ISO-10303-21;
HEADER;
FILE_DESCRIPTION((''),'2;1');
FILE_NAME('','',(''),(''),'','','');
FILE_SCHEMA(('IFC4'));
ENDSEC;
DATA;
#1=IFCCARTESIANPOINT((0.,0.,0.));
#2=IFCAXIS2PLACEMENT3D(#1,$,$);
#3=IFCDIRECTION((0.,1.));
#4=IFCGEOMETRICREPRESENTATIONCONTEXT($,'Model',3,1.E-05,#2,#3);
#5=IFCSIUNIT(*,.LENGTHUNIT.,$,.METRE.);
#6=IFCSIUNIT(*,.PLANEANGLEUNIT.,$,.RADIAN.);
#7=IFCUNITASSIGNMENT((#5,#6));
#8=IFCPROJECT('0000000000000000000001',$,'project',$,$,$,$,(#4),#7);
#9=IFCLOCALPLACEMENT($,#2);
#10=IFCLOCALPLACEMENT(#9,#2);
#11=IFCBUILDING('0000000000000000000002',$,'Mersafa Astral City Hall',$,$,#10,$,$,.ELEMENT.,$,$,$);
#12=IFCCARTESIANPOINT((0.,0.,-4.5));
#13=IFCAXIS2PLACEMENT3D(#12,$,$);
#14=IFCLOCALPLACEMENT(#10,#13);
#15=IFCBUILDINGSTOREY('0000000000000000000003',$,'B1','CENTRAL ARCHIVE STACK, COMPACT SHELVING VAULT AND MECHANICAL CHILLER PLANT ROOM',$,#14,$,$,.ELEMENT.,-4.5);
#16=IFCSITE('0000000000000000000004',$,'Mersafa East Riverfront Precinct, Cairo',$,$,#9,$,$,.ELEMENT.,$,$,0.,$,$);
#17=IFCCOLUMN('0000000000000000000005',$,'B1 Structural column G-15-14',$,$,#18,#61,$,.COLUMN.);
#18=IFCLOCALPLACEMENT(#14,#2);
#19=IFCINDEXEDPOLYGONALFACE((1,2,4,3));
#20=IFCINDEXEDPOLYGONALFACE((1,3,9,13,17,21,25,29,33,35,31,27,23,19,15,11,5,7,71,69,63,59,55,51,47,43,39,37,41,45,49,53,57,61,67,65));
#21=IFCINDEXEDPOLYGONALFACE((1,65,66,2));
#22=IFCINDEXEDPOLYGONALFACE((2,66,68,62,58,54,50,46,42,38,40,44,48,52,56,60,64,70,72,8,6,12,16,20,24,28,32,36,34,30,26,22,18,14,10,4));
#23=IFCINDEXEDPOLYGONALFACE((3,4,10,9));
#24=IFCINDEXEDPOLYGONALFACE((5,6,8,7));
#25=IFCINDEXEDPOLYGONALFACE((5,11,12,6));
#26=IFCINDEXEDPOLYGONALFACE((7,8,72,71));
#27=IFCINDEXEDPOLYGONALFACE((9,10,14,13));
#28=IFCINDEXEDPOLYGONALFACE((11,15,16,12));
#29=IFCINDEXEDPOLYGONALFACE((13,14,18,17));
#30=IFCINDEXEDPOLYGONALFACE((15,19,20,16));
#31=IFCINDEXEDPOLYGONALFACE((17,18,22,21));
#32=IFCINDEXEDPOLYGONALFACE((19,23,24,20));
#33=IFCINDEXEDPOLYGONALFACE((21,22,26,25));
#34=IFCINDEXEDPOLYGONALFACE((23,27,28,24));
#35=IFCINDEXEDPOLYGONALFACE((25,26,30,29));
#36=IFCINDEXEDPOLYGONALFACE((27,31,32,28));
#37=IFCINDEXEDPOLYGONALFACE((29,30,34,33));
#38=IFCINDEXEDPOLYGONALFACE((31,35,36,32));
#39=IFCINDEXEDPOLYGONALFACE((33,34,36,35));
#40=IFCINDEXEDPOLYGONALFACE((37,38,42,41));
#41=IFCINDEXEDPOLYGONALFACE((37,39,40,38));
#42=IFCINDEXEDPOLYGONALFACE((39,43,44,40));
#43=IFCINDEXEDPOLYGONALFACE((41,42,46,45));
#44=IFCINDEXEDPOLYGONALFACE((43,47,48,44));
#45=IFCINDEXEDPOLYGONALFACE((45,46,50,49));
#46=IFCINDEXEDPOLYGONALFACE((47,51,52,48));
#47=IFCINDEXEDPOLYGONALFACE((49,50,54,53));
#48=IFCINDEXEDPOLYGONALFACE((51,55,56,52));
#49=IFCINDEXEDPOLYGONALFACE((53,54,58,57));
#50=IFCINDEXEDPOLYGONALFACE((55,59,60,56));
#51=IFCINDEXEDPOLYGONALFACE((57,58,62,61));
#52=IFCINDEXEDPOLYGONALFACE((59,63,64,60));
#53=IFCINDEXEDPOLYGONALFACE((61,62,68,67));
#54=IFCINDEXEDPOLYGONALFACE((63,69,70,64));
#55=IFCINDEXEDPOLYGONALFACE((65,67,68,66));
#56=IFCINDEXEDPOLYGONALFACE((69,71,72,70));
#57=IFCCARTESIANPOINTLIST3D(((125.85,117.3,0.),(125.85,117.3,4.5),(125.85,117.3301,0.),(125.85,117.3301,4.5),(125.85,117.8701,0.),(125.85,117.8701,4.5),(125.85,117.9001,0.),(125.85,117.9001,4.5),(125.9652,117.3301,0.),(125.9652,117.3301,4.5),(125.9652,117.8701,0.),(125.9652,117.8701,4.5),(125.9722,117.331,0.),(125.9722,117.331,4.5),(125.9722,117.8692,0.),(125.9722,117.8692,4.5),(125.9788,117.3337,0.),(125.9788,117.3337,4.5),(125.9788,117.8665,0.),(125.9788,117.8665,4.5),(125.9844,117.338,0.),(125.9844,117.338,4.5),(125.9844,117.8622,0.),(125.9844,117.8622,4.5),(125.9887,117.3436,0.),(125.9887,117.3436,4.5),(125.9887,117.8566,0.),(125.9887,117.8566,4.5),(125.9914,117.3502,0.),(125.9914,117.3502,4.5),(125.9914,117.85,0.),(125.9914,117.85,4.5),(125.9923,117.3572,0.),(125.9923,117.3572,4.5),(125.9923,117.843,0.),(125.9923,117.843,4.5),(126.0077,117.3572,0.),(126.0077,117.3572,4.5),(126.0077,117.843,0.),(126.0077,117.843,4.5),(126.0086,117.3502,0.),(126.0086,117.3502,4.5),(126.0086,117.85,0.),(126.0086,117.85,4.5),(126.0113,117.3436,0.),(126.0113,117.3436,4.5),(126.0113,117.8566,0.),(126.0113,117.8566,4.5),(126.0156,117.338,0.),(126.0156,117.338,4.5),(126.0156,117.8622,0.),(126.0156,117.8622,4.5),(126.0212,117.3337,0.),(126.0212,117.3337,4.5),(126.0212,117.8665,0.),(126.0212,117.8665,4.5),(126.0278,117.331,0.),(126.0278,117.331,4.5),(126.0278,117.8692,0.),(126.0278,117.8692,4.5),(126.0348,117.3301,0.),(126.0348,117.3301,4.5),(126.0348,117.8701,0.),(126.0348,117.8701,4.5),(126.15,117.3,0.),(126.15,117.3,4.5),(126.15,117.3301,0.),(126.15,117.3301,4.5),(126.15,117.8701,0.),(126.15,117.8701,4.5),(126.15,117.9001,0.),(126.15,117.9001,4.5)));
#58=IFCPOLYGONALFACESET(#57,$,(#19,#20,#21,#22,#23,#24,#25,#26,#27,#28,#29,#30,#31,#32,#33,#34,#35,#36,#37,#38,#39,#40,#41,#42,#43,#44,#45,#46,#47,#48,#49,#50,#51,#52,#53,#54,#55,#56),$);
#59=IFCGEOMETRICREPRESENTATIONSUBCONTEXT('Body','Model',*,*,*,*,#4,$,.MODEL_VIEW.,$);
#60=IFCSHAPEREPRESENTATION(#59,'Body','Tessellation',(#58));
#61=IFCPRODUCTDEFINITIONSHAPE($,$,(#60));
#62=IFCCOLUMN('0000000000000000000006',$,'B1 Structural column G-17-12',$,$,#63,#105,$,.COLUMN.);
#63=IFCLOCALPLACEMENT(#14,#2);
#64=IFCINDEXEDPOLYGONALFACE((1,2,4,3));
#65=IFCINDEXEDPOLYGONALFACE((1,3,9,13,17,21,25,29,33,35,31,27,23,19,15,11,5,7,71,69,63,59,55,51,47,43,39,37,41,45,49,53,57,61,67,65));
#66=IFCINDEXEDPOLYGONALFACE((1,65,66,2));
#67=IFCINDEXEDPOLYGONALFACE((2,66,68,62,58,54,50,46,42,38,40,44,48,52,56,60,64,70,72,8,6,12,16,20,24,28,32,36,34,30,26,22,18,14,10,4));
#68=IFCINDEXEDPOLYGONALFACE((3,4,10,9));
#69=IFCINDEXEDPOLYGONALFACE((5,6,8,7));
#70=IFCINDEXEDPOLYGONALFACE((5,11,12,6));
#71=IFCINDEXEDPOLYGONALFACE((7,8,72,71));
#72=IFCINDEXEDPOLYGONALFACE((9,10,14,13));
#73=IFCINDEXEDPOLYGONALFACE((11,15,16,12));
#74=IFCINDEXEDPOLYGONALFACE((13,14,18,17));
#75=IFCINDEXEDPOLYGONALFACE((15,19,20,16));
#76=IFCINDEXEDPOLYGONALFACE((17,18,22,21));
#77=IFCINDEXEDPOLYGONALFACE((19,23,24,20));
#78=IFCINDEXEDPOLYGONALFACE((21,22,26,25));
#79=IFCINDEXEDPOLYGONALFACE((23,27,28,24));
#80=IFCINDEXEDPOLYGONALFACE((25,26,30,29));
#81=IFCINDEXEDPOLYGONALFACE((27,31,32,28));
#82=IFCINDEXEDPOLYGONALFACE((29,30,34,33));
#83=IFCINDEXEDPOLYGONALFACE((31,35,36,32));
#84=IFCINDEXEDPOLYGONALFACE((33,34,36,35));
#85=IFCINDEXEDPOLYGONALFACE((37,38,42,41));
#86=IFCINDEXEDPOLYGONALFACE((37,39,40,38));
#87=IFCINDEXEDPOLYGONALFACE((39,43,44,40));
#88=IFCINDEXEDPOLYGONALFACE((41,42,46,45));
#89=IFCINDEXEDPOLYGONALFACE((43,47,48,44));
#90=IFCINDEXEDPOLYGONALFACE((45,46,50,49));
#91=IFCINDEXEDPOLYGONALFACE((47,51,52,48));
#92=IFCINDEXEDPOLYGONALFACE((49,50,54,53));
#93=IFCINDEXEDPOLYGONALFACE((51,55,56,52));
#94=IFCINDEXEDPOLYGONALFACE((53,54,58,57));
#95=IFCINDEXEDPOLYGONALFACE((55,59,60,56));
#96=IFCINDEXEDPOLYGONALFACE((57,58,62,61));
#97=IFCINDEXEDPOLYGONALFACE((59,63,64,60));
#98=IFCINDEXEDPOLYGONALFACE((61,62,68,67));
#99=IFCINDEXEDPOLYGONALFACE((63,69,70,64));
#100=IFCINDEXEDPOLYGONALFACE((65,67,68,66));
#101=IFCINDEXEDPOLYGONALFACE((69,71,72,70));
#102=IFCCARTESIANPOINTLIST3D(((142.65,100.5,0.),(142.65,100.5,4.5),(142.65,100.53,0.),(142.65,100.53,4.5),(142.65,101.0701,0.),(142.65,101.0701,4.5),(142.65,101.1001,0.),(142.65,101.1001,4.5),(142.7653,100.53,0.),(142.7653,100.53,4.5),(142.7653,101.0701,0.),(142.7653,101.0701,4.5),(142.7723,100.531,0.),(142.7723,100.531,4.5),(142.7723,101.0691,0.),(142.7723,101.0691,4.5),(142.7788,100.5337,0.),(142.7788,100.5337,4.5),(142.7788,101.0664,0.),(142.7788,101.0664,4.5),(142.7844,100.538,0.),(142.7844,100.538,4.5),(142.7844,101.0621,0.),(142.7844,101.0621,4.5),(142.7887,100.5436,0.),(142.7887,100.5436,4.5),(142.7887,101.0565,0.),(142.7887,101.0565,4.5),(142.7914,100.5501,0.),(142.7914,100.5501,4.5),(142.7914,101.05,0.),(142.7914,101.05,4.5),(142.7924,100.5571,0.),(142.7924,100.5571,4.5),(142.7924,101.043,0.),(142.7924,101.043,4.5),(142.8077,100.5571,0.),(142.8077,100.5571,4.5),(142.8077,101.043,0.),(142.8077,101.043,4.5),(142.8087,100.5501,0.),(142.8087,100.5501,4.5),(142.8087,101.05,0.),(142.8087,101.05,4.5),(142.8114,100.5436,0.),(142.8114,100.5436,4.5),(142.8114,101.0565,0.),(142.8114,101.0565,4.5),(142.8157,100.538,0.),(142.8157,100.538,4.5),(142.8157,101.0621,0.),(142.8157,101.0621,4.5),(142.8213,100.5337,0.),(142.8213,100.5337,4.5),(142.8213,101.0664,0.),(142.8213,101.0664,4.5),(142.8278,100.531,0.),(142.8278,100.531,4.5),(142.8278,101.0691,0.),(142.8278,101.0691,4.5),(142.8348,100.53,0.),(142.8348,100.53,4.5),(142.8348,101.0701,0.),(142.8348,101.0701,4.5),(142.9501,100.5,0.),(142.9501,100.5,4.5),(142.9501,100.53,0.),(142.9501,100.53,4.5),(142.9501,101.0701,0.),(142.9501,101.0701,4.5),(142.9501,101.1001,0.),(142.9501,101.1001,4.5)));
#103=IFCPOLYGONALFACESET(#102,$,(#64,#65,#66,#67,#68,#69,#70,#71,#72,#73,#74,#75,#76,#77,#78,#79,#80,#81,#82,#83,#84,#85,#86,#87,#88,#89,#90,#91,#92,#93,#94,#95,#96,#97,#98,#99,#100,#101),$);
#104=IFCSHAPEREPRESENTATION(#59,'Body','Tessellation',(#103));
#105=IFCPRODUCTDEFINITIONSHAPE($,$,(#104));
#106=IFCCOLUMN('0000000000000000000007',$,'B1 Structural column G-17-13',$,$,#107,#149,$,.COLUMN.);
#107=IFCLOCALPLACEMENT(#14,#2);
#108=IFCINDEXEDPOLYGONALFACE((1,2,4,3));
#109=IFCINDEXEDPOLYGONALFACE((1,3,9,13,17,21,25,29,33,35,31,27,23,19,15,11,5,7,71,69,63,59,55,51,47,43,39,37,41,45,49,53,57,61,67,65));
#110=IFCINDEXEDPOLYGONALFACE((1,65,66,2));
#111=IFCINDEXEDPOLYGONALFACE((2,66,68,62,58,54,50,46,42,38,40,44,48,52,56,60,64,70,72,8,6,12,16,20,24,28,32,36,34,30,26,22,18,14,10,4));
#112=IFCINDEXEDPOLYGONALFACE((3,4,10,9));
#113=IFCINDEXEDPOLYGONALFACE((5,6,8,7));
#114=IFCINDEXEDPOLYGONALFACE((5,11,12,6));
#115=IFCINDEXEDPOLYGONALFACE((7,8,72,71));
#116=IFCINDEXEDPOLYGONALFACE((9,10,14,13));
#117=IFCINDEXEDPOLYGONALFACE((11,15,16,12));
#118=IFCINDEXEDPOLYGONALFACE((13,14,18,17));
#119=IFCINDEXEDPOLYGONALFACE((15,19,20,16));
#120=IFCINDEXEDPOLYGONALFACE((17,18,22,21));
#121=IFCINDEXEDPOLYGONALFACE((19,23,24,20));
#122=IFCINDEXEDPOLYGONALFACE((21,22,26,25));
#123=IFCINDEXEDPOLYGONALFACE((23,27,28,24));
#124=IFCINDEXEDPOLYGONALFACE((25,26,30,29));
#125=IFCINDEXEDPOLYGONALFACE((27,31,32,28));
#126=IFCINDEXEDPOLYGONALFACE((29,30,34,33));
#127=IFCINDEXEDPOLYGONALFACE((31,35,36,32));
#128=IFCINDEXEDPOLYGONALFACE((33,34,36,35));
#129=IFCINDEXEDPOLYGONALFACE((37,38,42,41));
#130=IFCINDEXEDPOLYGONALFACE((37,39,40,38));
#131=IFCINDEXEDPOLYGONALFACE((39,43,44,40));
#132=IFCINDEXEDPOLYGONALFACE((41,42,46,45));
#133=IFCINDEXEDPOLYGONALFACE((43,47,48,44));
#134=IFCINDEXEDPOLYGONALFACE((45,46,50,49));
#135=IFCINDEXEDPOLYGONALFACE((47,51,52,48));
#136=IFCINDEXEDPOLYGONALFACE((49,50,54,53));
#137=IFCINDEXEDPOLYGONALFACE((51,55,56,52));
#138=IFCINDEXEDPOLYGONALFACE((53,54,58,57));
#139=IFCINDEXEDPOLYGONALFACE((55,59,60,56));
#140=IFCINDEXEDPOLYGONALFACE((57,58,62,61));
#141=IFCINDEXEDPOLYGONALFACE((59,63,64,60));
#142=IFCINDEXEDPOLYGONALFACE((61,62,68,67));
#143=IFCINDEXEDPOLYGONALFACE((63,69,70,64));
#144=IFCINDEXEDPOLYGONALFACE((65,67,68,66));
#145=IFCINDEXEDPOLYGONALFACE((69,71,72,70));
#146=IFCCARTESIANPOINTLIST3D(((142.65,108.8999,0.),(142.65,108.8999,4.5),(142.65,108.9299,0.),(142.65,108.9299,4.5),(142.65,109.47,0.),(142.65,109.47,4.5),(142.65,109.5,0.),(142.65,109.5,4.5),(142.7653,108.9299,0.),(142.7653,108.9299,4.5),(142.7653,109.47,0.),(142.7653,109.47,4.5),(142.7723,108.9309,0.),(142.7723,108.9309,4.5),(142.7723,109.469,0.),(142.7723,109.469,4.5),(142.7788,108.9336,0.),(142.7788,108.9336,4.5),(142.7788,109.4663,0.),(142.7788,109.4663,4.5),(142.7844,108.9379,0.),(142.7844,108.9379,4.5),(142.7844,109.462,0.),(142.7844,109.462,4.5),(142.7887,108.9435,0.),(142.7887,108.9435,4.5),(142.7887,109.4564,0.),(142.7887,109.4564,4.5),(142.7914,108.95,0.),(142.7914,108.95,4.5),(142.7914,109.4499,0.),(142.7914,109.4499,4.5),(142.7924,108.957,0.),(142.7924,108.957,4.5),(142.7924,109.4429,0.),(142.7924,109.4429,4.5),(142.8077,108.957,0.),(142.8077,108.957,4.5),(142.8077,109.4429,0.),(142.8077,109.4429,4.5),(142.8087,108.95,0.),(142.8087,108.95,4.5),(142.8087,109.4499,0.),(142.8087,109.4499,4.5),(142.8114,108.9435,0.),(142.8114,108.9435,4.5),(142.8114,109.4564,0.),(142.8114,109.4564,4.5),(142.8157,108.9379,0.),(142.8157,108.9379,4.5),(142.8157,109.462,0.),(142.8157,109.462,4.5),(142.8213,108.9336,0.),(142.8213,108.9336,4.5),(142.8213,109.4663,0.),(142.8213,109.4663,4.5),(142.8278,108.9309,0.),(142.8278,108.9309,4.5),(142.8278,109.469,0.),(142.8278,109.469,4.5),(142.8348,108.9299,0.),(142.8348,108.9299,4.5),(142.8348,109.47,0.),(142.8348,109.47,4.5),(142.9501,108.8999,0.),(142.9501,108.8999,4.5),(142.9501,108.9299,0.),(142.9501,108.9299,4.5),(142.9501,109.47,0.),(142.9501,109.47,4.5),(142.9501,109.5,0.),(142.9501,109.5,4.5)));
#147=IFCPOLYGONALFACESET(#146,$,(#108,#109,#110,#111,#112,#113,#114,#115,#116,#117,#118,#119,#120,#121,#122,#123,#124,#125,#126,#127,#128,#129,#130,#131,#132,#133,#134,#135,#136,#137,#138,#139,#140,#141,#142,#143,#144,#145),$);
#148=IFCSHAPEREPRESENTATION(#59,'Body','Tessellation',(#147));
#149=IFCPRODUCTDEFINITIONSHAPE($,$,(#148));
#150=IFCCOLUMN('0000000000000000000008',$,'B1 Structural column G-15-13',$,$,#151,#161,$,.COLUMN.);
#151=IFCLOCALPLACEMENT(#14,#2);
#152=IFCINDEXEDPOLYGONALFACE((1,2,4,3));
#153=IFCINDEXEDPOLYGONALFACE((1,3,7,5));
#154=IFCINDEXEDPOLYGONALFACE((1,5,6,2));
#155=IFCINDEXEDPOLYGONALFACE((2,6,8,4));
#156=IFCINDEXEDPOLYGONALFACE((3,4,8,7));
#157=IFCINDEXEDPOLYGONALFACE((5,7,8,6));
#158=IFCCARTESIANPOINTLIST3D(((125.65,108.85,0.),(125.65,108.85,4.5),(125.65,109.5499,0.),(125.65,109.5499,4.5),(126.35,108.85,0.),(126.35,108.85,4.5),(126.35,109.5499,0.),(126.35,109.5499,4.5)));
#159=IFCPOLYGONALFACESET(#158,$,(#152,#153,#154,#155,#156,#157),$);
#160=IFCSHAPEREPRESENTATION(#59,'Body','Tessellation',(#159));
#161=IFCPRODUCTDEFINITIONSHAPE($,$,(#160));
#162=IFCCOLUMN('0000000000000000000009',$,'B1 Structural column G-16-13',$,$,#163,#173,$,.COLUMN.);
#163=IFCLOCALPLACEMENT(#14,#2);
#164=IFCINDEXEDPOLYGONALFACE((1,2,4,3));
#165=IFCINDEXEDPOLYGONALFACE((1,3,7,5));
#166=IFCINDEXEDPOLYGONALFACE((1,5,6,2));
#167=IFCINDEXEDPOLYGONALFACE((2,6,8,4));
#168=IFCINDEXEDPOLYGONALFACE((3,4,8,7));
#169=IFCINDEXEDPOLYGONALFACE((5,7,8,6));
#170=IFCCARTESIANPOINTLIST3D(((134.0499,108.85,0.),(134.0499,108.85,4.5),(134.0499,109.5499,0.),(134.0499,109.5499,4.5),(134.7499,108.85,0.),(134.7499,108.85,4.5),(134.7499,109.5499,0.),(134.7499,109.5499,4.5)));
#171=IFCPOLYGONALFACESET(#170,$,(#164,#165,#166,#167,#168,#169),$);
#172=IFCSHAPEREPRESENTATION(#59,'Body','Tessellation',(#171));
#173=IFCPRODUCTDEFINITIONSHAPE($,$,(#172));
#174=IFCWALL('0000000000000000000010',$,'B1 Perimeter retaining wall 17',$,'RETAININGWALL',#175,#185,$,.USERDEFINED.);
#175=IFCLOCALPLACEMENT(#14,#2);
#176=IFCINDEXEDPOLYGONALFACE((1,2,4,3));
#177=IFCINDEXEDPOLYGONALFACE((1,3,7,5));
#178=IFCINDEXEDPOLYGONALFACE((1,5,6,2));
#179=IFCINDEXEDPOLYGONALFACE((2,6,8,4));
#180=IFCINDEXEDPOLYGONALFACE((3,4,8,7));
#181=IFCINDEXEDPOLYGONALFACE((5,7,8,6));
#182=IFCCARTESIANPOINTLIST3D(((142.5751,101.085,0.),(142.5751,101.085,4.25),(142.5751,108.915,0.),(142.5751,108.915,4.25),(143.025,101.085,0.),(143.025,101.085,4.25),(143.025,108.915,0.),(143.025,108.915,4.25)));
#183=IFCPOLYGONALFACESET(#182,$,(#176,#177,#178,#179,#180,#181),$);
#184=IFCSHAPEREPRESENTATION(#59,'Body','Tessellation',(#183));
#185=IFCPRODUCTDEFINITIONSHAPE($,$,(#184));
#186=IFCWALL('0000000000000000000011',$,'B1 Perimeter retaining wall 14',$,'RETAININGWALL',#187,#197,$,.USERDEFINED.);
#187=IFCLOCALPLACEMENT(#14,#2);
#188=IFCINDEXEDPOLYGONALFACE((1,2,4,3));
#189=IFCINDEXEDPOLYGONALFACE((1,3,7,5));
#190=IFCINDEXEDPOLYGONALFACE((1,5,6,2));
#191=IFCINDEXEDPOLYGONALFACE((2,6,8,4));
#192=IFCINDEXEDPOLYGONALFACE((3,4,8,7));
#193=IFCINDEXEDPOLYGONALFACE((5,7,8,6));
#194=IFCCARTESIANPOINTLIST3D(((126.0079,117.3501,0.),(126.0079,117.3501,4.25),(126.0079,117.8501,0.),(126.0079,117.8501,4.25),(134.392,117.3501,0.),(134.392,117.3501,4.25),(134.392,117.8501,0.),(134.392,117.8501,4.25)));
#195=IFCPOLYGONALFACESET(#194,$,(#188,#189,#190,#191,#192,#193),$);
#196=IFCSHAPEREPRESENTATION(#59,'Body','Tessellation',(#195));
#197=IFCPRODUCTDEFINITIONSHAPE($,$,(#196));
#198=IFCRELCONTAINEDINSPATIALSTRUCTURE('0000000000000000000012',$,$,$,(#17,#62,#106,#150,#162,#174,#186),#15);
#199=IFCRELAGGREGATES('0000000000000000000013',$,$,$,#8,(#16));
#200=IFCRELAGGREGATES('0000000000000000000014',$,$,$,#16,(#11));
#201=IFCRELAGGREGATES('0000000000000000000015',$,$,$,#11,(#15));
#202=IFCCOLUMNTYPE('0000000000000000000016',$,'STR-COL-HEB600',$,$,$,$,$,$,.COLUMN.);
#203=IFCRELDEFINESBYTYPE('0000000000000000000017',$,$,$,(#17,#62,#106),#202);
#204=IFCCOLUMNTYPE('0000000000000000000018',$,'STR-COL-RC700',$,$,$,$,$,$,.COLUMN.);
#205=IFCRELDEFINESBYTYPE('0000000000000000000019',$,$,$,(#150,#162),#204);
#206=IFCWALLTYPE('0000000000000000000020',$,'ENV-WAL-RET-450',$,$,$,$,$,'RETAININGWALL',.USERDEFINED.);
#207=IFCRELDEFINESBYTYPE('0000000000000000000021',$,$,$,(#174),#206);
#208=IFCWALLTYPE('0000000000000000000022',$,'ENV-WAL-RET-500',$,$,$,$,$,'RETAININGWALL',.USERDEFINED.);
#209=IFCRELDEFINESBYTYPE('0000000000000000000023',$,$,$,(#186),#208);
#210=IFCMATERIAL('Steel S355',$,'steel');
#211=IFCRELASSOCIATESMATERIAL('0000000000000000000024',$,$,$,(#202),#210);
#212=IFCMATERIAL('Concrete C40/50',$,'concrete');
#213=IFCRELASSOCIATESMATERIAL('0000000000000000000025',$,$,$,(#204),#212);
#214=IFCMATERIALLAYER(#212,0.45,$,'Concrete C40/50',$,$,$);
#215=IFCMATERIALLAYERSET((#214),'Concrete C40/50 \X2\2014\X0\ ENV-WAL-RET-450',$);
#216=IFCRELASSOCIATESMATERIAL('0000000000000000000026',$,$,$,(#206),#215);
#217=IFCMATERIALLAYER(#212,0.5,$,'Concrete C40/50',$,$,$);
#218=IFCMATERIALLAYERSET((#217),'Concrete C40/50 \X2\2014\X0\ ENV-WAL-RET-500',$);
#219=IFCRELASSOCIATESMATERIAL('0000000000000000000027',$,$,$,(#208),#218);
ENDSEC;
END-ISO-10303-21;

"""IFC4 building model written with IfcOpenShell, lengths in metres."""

from ifc_helpers import new_model, si_unit, direction, frame, frame_2d, origin, origin_2d, place, context, subcontext, project, spatial, rectangle, i_section, extrude, material, layer, layer_set, material_profile, profile_set, type_object, element, save


model = new_model("IFC4")

# Units and contexts
model_context = context("Model", 3, precision=1e-05, world=origin(), true_north=direction((0.0, 1.0)))
body_context = subcontext(model_context, "Body", "Model", "MODEL_VIEW")
ifc_project = project(units=[si_unit("LENGTHUNIT", "METRE"), si_unit("PLANEANGLEUNIT", "RADIAN")], contexts=[model_context])

# Site, building, storey
site_placement = place(None, origin())
site = spatial("IfcSite", under=ifc_project, at=site_placement, Name="Mersafa East Riverfront Precinct, Cairo", CompositionType="ELEMENT", RefElevation=0.0)
building_placement = place(site_placement, origin())
building = spatial("IfcBuilding", under=site, at=building_placement, Name="Mersafa Astral City Hall", CompositionType="ELEMENT")
storey_placement = place(building_placement, frame((0.0, 0.0, -4.5)))
storey = spatial("IfcBuildingStorey", under=building, at=storey_placement, Name="B1", Description="CENTRAL ARCHIVE STACK, COMPACT SHELVING VAULT AND MECHANICAL CHILLER PLANT ROOM", CompositionType="ELEMENT", Elevation=-4.5)

# Shared definitions
ifc_material_1 = material(Name="Concrete C40/50", Category="concrete")

# Columns
ifc_material_2 = material(Name="Steel S355", Category="steel")
ifc_material_profile_1 = material_profile(ifc_material_2, i_section(OverallWidth=0.3, OverallDepth=0.6001, WebThickness=0.0154, FlangeThickness=0.03, FilletRadius=0.0271, at=origin_2d()), Name="HEB 600")
ifc_profile_set_1 = profile_set([ifc_material_profile_1], Name="Steel S355")
column_type_1 = type_object("IfcColumnType", Name="STR-COL-HEB600", PredefinedType="COLUMN", material=ifc_profile_set_1)
for number, where, z_axis, x_axis, name in (
    (1, (126.0, 117.6001, 0.0), (0.0, 0.0, 1.0), (1.0, 0.0, 0.0), "B1 Structural column G-15-14"),
    (2, (142.8, 100.8, 0.0), (0.0, 0.0, 1.0), (1.0, 0.0, 0.0), "B1 Structural column G-17-12"),
    (3, (142.8, 109.2, 0.0), (0.0, 0.0, 1.0), (1.0, 0.0, 0.0), "B1 Structural column G-17-13"),
):
    element("IfcColumn", number, at=place(storey_placement, frame(where, z_axis=z_axis, x_axis=x_axis)), inside=storey, type_object=column_type_1, Name=name, PredefinedType="COLUMN", context=body_context, shape_type="SweptSolid", body=[
        extrude(i_section(OverallWidth=0.3, OverallDepth=0.6001, WebThickness=0.0154, FlangeThickness=0.03, FilletRadius=0.0271, at=origin_2d()), origin(), (0.0, 0.0, 1.0), 4.5),
    ])
ifc_material_profile_2 = material_profile(ifc_material_1, rectangle(XDim=0.7, YDim=0.7, at=origin_2d()), Name="RC 700x700")
ifc_profile_set_2 = profile_set([ifc_material_profile_2], Name="Concrete C40/50")
column_type_2 = type_object("IfcColumnType", Name="STR-COL-RC700", PredefinedType="COLUMN", material=ifc_profile_set_2)
for number, where, z_axis, x_axis, name in (
    (4, (126.0, 109.2, 0.0), (0.0, 0.0, 1.0), (1.0, 0.0, 0.0), "B1 Structural column G-15-13"),
    (5, (134.3999, 109.2, 0.0), (0.0, 0.0, 1.0), (1.0, 0.0, 0.0), "B1 Structural column G-16-13"),
):
    element("IfcColumn", number, at=place(storey_placement, frame(where, z_axis=z_axis, x_axis=x_axis)), inside=storey, type_object=column_type_2, Name=name, PredefinedType="COLUMN", context=body_context, shape_type="SweptSolid", body=[
        extrude(rectangle(XDim=0.7, YDim=0.7, at=origin_2d()), origin(), (0.0, 0.0, 1.0), 4.5),
    ])

# Walls
ifc_layer_1 = layer(ifc_material_1, 0.45, Name="Concrete C40/50")
ifc_layer_set_1 = layer_set([ifc_layer_1], Name="Concrete C40/50 — ENV-WAL-RET-450")
wall_type_1 = type_object("IfcWallType", Name="ENV-WAL-RET-450", ElementType="RETAININGWALL", PredefinedType="USERDEFINED", material=ifc_layer_set_1)
wall_1_placement = place(storey_placement, frame((142.8, 108.915, 0.0), z_axis=(0.0, 0.0, 1.0), x_axis=(0.0, -1.0, 0.0)))
element("IfcWall", 6, at=wall_1_placement, inside=storey, type_object=wall_type_1, Name="B1 Perimeter retaining wall 17", ObjectType="RETAININGWALL", PredefinedType="USERDEFINED", context=body_context, shape_type="SweptSolid", body=[
    extrude(rectangle(XDim=7.8301, YDim=0.45, at=frame_2d((3.915, 0.0))), origin(), (0.0, 0.0, 1.0), 4.25),
])
ifc_layer_2 = layer(ifc_material_1, 0.5, Name="Concrete C40/50")
ifc_layer_set_2 = layer_set([ifc_layer_2], Name="Concrete C40/50 — ENV-WAL-RET-500")
wall_type_2 = type_object("IfcWallType", Name="ENV-WAL-RET-500", ElementType="RETAININGWALL", PredefinedType="USERDEFINED", material=ifc_layer_set_2)
wall_2_placement = place(storey_placement, frame((126.0081, 117.6001, 0.0), z_axis=(0.0, 0.0, 1.0), x_axis=(1.0, 0.0, 0.0)))
element("IfcWall", 7, at=wall_2_placement, inside=storey, type_object=wall_type_2, Name="B1 Perimeter retaining wall 14", ObjectType="RETAININGWALL", PredefinedType="USERDEFINED", context=body_context, shape_type="SweptSolid", body=[
    extrude(rectangle(XDim=8.384, YDim=0.5, at=frame_2d((4.1919, 0.0))), origin(), (0.0, 0.0, 1.0), 4.25),
])

save(model, "model.ifc")
